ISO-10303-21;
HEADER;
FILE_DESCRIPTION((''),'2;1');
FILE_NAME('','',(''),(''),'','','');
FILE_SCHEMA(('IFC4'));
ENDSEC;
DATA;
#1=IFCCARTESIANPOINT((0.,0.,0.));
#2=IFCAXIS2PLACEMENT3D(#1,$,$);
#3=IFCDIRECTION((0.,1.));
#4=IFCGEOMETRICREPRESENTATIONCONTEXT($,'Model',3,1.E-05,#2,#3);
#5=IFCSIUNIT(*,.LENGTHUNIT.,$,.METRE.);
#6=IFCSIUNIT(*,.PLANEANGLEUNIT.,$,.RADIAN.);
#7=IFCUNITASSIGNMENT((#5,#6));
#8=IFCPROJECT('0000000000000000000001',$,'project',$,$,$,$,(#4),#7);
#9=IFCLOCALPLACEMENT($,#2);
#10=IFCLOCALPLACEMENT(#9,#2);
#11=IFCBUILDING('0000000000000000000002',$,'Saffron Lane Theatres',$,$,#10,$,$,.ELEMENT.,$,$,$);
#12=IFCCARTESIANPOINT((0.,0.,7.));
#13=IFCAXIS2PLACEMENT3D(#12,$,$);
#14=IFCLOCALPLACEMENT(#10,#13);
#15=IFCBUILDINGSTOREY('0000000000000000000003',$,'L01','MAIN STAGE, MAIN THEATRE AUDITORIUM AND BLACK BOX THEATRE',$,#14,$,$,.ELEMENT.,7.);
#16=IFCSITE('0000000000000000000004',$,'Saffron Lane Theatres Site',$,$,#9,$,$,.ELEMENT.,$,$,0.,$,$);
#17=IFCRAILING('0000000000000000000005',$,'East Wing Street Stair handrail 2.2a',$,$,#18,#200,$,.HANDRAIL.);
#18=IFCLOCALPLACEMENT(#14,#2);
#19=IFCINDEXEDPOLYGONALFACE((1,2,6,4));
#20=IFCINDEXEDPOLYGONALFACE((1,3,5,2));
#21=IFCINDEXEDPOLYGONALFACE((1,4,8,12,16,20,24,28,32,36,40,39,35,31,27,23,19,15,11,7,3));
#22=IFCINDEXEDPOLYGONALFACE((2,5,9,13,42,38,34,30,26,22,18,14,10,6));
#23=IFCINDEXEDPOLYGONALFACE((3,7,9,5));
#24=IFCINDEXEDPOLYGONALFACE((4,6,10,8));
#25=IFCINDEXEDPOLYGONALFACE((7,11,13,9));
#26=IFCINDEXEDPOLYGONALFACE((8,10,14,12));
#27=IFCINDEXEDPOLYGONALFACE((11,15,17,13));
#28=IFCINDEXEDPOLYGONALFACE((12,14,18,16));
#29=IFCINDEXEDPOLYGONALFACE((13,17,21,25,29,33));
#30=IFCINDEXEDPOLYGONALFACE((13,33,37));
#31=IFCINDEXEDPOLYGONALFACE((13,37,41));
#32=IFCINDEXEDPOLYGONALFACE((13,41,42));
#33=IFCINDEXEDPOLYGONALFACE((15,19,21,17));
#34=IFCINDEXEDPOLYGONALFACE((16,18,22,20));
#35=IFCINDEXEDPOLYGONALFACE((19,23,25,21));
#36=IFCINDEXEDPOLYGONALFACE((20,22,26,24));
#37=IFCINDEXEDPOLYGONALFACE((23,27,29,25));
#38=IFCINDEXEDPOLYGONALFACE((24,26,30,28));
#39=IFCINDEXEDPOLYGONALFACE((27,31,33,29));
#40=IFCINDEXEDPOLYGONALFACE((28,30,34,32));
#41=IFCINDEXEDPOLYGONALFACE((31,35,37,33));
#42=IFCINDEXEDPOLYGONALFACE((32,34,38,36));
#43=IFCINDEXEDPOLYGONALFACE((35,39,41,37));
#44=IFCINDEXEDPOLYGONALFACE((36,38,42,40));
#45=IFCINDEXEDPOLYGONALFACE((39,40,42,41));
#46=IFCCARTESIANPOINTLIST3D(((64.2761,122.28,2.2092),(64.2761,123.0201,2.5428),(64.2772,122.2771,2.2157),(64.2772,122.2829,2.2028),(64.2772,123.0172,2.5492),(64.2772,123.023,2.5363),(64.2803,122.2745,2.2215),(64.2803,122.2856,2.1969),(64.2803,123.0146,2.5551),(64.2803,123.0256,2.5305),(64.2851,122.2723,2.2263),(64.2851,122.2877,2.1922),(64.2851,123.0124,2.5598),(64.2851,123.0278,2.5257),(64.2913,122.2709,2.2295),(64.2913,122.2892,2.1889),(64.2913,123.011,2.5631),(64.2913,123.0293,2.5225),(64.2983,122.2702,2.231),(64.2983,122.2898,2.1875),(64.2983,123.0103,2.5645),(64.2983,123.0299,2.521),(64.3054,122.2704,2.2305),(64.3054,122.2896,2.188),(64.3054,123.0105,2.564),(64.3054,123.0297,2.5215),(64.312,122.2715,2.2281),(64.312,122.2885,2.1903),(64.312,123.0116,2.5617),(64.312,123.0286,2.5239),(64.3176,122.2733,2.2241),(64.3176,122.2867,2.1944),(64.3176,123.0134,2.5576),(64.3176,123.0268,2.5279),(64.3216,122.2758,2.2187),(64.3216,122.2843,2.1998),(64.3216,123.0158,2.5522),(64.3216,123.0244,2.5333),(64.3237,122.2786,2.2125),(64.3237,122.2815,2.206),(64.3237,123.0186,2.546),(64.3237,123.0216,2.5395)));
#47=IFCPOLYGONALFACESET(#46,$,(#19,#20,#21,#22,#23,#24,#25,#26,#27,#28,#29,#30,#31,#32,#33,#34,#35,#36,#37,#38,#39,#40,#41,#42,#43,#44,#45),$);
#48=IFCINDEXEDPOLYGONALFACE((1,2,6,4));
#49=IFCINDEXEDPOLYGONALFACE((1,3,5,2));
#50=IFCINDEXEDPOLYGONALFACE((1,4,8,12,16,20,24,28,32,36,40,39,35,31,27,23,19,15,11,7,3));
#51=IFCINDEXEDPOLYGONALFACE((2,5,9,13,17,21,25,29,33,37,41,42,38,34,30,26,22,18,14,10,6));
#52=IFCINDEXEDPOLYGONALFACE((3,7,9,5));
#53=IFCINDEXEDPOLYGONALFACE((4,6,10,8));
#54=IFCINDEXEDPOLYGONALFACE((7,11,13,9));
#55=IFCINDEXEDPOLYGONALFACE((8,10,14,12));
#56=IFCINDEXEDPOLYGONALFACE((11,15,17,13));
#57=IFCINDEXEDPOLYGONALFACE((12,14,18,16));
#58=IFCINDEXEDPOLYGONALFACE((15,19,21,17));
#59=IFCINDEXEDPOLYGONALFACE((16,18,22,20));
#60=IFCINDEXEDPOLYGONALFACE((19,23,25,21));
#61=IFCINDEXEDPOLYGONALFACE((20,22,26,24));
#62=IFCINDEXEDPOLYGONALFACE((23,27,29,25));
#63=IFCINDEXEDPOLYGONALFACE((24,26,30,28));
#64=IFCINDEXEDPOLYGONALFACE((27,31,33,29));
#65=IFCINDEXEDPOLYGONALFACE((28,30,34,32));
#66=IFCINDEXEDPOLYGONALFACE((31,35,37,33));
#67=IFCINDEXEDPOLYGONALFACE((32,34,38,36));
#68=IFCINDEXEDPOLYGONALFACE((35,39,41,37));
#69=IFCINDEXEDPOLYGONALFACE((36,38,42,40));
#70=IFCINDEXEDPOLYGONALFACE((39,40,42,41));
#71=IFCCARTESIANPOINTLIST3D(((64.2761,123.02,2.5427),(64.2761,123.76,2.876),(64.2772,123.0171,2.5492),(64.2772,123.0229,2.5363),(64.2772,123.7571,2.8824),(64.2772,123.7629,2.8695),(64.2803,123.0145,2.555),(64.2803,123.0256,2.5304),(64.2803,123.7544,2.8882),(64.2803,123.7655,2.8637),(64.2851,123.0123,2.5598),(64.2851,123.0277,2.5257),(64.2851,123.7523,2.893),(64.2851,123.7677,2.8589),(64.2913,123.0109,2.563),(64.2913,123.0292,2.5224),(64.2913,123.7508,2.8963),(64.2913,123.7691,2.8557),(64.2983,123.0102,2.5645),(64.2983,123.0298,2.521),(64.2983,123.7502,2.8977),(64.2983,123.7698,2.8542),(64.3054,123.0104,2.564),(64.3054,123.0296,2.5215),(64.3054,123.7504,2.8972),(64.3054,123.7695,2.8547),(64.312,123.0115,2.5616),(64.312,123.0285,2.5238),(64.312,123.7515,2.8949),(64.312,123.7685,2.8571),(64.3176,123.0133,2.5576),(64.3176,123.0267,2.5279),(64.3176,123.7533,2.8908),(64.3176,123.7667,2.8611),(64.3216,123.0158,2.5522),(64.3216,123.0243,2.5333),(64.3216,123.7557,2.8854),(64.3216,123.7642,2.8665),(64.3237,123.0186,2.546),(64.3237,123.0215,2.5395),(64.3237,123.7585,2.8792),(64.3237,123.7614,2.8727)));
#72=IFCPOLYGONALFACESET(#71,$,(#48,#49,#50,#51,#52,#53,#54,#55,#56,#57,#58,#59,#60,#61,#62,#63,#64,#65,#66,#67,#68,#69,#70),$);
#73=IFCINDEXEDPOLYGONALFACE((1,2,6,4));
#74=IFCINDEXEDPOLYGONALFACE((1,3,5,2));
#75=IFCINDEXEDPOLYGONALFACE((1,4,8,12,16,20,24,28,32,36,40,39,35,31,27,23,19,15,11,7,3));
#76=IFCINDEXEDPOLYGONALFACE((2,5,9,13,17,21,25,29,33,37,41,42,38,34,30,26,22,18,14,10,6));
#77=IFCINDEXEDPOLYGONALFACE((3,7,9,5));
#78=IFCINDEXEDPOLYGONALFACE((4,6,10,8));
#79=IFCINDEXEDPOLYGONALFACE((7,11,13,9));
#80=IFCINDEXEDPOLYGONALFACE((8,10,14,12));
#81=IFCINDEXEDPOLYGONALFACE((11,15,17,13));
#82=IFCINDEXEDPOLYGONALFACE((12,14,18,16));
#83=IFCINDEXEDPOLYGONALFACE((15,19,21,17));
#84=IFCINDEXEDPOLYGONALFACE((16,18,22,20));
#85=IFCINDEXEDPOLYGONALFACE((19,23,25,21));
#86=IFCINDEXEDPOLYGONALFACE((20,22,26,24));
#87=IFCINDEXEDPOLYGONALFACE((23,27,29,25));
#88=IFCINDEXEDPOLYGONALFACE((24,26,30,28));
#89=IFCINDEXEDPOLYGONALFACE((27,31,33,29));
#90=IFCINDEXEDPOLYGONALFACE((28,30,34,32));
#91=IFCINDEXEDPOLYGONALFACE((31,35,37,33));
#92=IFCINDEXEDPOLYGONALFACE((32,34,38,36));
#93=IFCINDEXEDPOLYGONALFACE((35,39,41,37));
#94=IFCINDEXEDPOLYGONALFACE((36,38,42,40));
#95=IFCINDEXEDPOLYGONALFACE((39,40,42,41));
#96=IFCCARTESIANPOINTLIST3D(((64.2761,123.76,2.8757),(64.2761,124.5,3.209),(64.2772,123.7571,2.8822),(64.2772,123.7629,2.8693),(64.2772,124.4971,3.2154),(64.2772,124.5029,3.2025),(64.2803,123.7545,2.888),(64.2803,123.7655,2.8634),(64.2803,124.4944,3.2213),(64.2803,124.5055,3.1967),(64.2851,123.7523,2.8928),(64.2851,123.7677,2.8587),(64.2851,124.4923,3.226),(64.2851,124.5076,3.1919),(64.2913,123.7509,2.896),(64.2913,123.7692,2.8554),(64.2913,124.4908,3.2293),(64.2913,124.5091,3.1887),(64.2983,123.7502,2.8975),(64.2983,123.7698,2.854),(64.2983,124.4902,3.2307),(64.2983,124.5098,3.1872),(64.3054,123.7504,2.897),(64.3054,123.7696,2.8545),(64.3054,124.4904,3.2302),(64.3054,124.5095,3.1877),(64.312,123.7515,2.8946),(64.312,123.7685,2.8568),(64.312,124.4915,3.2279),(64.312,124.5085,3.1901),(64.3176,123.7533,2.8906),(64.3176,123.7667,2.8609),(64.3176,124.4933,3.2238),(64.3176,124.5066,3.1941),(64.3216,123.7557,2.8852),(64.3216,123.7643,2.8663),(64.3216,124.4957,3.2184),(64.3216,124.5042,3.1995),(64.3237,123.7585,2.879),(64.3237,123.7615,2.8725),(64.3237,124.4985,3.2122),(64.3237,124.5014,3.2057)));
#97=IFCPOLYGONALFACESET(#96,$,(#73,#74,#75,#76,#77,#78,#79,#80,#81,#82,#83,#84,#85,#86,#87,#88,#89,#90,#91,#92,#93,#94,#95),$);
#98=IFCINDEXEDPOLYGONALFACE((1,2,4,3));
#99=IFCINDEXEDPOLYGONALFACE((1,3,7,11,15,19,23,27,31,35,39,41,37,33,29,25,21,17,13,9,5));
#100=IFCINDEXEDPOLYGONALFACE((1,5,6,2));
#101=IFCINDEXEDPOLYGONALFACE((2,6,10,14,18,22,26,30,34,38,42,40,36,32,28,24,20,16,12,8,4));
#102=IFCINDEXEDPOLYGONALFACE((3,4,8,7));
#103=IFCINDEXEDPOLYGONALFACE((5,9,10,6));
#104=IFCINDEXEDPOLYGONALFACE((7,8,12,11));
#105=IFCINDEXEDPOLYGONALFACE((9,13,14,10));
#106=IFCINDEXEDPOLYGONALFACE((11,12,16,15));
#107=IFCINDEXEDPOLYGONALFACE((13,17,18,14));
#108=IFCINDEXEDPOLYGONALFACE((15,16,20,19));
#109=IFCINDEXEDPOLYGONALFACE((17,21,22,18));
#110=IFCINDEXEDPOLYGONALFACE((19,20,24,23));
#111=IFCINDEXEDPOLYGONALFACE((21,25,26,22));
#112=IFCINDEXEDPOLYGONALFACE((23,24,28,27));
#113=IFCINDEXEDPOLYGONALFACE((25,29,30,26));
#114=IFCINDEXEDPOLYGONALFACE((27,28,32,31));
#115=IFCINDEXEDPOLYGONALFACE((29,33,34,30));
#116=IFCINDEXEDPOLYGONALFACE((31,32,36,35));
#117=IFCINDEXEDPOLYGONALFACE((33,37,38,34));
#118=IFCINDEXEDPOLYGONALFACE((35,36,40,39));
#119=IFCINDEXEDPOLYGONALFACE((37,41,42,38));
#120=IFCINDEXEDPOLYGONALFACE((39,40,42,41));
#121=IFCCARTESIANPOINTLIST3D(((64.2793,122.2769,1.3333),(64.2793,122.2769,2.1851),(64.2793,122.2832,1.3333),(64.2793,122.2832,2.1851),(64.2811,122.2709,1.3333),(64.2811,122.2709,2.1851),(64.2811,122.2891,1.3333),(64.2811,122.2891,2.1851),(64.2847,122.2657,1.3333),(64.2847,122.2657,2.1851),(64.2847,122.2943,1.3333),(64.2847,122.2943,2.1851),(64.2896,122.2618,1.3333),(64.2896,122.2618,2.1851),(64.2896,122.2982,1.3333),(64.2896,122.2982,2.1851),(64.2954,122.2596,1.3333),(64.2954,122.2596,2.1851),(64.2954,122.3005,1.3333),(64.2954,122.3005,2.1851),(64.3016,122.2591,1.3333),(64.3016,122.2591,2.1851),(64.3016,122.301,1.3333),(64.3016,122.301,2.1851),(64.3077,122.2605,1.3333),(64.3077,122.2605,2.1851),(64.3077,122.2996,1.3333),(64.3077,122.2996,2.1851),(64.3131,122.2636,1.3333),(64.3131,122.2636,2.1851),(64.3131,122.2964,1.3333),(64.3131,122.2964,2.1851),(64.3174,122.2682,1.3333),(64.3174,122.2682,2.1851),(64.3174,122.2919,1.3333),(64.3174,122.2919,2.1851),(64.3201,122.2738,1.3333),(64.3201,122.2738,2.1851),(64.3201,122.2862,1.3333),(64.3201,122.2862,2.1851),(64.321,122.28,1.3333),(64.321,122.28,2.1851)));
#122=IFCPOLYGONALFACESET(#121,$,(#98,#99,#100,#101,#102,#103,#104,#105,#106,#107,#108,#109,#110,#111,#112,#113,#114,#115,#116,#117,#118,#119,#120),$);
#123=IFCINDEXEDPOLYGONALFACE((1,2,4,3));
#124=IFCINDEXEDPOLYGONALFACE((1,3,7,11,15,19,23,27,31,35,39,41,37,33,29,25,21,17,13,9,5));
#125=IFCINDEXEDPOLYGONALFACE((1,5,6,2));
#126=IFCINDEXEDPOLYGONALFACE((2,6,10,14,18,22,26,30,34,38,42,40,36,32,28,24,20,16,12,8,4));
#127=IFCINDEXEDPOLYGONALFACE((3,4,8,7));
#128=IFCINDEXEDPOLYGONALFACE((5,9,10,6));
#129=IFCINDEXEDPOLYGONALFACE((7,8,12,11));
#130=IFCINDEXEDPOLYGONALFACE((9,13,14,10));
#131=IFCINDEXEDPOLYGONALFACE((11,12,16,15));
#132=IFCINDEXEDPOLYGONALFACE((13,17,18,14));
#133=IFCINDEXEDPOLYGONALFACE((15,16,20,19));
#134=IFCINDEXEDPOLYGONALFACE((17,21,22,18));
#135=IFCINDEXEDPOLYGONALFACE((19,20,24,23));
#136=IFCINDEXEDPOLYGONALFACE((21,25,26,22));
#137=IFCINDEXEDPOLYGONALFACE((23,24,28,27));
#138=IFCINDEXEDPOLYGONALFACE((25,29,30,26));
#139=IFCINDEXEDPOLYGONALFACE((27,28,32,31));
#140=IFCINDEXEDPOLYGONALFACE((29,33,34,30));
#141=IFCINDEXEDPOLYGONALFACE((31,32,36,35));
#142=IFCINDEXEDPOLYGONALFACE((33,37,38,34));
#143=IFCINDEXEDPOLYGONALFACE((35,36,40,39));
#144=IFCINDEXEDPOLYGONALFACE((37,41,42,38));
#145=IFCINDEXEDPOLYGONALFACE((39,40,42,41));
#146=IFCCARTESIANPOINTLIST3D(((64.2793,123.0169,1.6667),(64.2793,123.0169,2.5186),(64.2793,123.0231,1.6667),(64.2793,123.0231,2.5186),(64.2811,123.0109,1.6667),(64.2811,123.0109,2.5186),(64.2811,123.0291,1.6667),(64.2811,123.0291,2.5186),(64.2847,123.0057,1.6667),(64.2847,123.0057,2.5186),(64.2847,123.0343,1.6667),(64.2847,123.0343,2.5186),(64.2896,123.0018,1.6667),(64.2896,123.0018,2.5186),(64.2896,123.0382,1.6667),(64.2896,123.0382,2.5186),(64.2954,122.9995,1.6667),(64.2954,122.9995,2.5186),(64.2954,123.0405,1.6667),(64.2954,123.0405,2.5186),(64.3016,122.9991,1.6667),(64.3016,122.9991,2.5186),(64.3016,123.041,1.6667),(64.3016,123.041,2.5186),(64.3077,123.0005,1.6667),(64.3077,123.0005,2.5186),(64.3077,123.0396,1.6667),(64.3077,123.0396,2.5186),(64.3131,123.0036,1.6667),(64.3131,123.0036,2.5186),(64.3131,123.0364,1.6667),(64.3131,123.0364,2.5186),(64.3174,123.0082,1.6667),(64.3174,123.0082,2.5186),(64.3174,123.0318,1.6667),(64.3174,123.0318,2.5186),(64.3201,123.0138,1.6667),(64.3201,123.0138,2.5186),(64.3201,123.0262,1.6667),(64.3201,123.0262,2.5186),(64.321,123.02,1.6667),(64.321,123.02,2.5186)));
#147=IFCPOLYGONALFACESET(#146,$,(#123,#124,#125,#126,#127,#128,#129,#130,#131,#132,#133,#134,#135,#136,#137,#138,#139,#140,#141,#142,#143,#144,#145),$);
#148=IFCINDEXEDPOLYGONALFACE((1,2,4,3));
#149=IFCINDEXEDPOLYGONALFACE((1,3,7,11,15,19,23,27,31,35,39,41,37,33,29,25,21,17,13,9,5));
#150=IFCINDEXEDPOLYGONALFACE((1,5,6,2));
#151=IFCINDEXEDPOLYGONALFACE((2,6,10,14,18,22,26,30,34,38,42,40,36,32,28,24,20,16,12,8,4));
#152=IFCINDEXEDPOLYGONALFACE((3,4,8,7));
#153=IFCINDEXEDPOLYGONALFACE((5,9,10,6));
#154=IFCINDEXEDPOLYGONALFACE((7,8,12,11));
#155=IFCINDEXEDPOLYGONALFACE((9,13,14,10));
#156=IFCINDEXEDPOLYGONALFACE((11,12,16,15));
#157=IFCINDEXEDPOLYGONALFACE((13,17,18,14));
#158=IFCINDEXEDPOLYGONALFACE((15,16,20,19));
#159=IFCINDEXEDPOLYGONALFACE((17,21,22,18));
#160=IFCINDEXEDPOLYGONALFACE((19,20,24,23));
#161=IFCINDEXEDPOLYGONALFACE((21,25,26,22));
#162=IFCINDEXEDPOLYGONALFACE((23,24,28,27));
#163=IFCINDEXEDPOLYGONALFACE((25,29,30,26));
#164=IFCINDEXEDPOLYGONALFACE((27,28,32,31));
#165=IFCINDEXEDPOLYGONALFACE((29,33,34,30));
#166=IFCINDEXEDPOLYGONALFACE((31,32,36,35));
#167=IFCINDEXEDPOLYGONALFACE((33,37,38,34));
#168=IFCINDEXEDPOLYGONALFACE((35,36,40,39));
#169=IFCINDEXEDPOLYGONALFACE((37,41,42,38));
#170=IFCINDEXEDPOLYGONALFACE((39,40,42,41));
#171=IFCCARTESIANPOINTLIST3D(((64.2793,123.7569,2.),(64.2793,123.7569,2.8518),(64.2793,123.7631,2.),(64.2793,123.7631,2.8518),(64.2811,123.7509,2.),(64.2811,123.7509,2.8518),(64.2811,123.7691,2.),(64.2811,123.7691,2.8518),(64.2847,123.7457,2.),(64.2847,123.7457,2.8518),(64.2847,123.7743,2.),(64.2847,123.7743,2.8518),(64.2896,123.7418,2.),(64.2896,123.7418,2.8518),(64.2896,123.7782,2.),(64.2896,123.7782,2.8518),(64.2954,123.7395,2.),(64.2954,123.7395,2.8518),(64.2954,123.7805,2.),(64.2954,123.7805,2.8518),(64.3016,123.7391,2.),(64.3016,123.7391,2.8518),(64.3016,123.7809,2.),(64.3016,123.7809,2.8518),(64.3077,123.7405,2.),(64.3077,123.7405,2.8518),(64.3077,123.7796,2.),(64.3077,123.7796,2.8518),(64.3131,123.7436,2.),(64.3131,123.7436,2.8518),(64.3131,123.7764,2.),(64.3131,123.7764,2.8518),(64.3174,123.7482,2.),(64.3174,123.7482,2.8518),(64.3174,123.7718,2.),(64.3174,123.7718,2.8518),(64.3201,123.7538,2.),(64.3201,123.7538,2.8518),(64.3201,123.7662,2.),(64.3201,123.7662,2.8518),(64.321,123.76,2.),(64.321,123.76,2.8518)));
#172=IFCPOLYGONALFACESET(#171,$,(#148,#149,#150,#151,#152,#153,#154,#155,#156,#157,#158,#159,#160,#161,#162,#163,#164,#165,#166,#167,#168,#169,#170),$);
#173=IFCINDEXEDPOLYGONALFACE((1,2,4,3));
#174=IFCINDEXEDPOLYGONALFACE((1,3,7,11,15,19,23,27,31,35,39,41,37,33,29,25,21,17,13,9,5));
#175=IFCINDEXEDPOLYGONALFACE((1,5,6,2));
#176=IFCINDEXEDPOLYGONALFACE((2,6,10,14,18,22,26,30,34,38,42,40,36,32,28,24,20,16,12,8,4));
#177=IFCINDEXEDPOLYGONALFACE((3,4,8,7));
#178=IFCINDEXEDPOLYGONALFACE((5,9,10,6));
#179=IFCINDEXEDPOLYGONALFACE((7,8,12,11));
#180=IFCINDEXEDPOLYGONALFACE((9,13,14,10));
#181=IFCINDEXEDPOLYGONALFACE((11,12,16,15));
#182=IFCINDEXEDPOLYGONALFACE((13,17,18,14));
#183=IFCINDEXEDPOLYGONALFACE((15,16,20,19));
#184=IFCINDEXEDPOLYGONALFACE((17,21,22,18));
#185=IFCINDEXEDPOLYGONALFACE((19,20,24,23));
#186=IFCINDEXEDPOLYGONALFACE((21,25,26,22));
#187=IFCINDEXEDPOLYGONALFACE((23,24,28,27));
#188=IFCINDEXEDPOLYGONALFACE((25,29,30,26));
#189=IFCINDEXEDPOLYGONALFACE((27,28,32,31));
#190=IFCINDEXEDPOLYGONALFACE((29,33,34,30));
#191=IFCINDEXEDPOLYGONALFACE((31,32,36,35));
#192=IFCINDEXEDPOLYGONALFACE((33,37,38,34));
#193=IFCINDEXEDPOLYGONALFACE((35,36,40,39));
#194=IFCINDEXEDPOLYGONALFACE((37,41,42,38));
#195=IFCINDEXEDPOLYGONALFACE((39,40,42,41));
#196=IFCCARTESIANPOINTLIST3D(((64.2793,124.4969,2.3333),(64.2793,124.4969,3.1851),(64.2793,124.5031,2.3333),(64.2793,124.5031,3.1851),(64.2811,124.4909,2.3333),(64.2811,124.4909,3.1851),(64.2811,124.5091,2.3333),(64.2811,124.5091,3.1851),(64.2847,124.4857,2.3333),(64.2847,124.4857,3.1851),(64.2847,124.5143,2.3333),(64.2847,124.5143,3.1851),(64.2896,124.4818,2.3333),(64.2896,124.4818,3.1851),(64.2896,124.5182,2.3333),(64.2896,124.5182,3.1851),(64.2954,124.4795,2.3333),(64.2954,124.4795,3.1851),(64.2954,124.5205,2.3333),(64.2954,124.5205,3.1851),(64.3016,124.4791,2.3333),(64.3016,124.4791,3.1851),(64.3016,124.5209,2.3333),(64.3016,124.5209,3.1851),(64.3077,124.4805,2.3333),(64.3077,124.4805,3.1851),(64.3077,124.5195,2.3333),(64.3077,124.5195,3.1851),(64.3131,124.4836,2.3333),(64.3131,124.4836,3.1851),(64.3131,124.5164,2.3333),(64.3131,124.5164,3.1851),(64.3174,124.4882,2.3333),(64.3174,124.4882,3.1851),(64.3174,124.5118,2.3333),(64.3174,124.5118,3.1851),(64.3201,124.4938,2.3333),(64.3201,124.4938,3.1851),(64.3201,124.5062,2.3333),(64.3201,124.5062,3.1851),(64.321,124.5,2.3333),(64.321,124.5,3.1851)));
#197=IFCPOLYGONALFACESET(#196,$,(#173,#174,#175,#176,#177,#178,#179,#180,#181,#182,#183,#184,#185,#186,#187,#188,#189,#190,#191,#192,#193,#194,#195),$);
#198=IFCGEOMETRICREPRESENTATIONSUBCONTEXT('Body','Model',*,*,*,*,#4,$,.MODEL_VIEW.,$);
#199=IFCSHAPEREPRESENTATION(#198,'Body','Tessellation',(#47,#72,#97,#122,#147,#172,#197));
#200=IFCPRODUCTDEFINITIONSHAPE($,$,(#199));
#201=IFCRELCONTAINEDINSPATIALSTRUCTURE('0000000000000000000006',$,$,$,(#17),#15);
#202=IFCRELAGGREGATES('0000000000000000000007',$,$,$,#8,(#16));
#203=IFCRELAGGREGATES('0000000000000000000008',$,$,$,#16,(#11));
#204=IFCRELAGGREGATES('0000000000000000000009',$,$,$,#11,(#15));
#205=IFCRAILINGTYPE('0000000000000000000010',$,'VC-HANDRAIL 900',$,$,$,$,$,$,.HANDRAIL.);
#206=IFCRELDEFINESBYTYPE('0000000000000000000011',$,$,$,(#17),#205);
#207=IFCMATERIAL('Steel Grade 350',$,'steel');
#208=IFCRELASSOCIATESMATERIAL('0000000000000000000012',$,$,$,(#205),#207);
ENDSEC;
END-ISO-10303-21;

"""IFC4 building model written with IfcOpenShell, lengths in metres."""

from ifc_helpers import new_model, si_unit, direction, frame, origin, origin_2d, place, context, subcontext, project, spatial, circle, extrude, material, type_object, element, save


model = new_model("IFC4")

# Units and contexts
model_context = context("Model", 3, precision=1e-05, world=origin(), true_north=direction((0.0, 1.0)))
body_context = subcontext(model_context, "Body", "Model", "MODEL_VIEW")
ifc_project = project(units=[si_unit("LENGTHUNIT", "METRE"), si_unit("PLANEANGLEUNIT", "RADIAN")], contexts=[model_context])

# Site, building, storey
site_placement = place(None, origin())
site = spatial("IfcSite", under=ifc_project, at=site_placement, Name="Saffron Lane Theatres Site", CompositionType="ELEMENT", RefElevation=0.0)
building_placement = place(site_placement, origin())
building = spatial("IfcBuilding", under=site, at=building_placement, Name="Saffron Lane Theatres", CompositionType="ELEMENT")
storey_placement = place(building_placement, frame((0.0, 0.0, 7.0)))
storey = spatial("IfcBuildingStorey", under=building, at=storey_placement, Name="L01", Description="MAIN STAGE, MAIN THEATRE AUDITORIUM AND BLACK BOX THEATRE", CompositionType="ELEMENT", Elevation=7.0)

# Railing
ifc_material_1 = material(Name="Steel Grade 350", Category="steel")
railing_type_1 = type_object("IfcRailingType", Name="VC-HANDRAIL 900", PredefinedType="HANDRAIL", material=ifc_material_1)
for number, where, name in (
    (1, (64.3, 122.28, 1.3333), "East Wing Street Stair handrail 2.2a"),
):
    element("IfcRailing", number, at=place(storey_placement, frame(where)), inside=storey, type_object=railing_type_1, Name=name, PredefinedType="HANDRAIL", context=body_context, shape_type="SweptSolid", body=[
        extrude(circle(Radius=0.0239, at=origin_2d()), frame((0.0, 0.0, 0.876), z_axis=(0.0, 0.911691, 0.410877), x_axis=(-1.0, 0.0, 0.0)), (0.0, 0.0, 1.0), 0.8118),
        extrude(circle(Radius=0.0239, at=origin_2d()), frame((0.0, 0.74, 1.2095), z_axis=(0.0, 0.911803, 0.410627), x_axis=(-1.0, 0.0, 0.0)), (0.0, 0.0, 1.0), 0.8115),
        extrude(circle(Radius=0.0239, at=origin_2d()), frame((0.0, 1.48, 1.5425), z_axis=(0.0, 0.911803, 0.410627), x_axis=(-1.0, 0.0, 0.0)), (0.0, 0.0, 1.0), 0.8115),
        extrude(circle(Radius=0.021, at=origin_2d()), origin(), (0.0, 0.0, 1.0), 0.8518),
        extrude(circle(Radius=0.021, at=origin_2d()), frame((0.0, 0.74, 0.3335)), (0.0, 0.0, 1.0), 0.8518),
        extrude(circle(Radius=0.021, at=origin_2d()), frame((0.0, 1.48, 0.6667)), (0.0, 0.0, 1.0), 0.8518),
        extrude(circle(Radius=0.021, at=origin_2d()), frame((0.0, 2.22, 1.0)), (0.0, 0.0, 1.0), 0.8518),
    ])

save(model, "model.ifc")
